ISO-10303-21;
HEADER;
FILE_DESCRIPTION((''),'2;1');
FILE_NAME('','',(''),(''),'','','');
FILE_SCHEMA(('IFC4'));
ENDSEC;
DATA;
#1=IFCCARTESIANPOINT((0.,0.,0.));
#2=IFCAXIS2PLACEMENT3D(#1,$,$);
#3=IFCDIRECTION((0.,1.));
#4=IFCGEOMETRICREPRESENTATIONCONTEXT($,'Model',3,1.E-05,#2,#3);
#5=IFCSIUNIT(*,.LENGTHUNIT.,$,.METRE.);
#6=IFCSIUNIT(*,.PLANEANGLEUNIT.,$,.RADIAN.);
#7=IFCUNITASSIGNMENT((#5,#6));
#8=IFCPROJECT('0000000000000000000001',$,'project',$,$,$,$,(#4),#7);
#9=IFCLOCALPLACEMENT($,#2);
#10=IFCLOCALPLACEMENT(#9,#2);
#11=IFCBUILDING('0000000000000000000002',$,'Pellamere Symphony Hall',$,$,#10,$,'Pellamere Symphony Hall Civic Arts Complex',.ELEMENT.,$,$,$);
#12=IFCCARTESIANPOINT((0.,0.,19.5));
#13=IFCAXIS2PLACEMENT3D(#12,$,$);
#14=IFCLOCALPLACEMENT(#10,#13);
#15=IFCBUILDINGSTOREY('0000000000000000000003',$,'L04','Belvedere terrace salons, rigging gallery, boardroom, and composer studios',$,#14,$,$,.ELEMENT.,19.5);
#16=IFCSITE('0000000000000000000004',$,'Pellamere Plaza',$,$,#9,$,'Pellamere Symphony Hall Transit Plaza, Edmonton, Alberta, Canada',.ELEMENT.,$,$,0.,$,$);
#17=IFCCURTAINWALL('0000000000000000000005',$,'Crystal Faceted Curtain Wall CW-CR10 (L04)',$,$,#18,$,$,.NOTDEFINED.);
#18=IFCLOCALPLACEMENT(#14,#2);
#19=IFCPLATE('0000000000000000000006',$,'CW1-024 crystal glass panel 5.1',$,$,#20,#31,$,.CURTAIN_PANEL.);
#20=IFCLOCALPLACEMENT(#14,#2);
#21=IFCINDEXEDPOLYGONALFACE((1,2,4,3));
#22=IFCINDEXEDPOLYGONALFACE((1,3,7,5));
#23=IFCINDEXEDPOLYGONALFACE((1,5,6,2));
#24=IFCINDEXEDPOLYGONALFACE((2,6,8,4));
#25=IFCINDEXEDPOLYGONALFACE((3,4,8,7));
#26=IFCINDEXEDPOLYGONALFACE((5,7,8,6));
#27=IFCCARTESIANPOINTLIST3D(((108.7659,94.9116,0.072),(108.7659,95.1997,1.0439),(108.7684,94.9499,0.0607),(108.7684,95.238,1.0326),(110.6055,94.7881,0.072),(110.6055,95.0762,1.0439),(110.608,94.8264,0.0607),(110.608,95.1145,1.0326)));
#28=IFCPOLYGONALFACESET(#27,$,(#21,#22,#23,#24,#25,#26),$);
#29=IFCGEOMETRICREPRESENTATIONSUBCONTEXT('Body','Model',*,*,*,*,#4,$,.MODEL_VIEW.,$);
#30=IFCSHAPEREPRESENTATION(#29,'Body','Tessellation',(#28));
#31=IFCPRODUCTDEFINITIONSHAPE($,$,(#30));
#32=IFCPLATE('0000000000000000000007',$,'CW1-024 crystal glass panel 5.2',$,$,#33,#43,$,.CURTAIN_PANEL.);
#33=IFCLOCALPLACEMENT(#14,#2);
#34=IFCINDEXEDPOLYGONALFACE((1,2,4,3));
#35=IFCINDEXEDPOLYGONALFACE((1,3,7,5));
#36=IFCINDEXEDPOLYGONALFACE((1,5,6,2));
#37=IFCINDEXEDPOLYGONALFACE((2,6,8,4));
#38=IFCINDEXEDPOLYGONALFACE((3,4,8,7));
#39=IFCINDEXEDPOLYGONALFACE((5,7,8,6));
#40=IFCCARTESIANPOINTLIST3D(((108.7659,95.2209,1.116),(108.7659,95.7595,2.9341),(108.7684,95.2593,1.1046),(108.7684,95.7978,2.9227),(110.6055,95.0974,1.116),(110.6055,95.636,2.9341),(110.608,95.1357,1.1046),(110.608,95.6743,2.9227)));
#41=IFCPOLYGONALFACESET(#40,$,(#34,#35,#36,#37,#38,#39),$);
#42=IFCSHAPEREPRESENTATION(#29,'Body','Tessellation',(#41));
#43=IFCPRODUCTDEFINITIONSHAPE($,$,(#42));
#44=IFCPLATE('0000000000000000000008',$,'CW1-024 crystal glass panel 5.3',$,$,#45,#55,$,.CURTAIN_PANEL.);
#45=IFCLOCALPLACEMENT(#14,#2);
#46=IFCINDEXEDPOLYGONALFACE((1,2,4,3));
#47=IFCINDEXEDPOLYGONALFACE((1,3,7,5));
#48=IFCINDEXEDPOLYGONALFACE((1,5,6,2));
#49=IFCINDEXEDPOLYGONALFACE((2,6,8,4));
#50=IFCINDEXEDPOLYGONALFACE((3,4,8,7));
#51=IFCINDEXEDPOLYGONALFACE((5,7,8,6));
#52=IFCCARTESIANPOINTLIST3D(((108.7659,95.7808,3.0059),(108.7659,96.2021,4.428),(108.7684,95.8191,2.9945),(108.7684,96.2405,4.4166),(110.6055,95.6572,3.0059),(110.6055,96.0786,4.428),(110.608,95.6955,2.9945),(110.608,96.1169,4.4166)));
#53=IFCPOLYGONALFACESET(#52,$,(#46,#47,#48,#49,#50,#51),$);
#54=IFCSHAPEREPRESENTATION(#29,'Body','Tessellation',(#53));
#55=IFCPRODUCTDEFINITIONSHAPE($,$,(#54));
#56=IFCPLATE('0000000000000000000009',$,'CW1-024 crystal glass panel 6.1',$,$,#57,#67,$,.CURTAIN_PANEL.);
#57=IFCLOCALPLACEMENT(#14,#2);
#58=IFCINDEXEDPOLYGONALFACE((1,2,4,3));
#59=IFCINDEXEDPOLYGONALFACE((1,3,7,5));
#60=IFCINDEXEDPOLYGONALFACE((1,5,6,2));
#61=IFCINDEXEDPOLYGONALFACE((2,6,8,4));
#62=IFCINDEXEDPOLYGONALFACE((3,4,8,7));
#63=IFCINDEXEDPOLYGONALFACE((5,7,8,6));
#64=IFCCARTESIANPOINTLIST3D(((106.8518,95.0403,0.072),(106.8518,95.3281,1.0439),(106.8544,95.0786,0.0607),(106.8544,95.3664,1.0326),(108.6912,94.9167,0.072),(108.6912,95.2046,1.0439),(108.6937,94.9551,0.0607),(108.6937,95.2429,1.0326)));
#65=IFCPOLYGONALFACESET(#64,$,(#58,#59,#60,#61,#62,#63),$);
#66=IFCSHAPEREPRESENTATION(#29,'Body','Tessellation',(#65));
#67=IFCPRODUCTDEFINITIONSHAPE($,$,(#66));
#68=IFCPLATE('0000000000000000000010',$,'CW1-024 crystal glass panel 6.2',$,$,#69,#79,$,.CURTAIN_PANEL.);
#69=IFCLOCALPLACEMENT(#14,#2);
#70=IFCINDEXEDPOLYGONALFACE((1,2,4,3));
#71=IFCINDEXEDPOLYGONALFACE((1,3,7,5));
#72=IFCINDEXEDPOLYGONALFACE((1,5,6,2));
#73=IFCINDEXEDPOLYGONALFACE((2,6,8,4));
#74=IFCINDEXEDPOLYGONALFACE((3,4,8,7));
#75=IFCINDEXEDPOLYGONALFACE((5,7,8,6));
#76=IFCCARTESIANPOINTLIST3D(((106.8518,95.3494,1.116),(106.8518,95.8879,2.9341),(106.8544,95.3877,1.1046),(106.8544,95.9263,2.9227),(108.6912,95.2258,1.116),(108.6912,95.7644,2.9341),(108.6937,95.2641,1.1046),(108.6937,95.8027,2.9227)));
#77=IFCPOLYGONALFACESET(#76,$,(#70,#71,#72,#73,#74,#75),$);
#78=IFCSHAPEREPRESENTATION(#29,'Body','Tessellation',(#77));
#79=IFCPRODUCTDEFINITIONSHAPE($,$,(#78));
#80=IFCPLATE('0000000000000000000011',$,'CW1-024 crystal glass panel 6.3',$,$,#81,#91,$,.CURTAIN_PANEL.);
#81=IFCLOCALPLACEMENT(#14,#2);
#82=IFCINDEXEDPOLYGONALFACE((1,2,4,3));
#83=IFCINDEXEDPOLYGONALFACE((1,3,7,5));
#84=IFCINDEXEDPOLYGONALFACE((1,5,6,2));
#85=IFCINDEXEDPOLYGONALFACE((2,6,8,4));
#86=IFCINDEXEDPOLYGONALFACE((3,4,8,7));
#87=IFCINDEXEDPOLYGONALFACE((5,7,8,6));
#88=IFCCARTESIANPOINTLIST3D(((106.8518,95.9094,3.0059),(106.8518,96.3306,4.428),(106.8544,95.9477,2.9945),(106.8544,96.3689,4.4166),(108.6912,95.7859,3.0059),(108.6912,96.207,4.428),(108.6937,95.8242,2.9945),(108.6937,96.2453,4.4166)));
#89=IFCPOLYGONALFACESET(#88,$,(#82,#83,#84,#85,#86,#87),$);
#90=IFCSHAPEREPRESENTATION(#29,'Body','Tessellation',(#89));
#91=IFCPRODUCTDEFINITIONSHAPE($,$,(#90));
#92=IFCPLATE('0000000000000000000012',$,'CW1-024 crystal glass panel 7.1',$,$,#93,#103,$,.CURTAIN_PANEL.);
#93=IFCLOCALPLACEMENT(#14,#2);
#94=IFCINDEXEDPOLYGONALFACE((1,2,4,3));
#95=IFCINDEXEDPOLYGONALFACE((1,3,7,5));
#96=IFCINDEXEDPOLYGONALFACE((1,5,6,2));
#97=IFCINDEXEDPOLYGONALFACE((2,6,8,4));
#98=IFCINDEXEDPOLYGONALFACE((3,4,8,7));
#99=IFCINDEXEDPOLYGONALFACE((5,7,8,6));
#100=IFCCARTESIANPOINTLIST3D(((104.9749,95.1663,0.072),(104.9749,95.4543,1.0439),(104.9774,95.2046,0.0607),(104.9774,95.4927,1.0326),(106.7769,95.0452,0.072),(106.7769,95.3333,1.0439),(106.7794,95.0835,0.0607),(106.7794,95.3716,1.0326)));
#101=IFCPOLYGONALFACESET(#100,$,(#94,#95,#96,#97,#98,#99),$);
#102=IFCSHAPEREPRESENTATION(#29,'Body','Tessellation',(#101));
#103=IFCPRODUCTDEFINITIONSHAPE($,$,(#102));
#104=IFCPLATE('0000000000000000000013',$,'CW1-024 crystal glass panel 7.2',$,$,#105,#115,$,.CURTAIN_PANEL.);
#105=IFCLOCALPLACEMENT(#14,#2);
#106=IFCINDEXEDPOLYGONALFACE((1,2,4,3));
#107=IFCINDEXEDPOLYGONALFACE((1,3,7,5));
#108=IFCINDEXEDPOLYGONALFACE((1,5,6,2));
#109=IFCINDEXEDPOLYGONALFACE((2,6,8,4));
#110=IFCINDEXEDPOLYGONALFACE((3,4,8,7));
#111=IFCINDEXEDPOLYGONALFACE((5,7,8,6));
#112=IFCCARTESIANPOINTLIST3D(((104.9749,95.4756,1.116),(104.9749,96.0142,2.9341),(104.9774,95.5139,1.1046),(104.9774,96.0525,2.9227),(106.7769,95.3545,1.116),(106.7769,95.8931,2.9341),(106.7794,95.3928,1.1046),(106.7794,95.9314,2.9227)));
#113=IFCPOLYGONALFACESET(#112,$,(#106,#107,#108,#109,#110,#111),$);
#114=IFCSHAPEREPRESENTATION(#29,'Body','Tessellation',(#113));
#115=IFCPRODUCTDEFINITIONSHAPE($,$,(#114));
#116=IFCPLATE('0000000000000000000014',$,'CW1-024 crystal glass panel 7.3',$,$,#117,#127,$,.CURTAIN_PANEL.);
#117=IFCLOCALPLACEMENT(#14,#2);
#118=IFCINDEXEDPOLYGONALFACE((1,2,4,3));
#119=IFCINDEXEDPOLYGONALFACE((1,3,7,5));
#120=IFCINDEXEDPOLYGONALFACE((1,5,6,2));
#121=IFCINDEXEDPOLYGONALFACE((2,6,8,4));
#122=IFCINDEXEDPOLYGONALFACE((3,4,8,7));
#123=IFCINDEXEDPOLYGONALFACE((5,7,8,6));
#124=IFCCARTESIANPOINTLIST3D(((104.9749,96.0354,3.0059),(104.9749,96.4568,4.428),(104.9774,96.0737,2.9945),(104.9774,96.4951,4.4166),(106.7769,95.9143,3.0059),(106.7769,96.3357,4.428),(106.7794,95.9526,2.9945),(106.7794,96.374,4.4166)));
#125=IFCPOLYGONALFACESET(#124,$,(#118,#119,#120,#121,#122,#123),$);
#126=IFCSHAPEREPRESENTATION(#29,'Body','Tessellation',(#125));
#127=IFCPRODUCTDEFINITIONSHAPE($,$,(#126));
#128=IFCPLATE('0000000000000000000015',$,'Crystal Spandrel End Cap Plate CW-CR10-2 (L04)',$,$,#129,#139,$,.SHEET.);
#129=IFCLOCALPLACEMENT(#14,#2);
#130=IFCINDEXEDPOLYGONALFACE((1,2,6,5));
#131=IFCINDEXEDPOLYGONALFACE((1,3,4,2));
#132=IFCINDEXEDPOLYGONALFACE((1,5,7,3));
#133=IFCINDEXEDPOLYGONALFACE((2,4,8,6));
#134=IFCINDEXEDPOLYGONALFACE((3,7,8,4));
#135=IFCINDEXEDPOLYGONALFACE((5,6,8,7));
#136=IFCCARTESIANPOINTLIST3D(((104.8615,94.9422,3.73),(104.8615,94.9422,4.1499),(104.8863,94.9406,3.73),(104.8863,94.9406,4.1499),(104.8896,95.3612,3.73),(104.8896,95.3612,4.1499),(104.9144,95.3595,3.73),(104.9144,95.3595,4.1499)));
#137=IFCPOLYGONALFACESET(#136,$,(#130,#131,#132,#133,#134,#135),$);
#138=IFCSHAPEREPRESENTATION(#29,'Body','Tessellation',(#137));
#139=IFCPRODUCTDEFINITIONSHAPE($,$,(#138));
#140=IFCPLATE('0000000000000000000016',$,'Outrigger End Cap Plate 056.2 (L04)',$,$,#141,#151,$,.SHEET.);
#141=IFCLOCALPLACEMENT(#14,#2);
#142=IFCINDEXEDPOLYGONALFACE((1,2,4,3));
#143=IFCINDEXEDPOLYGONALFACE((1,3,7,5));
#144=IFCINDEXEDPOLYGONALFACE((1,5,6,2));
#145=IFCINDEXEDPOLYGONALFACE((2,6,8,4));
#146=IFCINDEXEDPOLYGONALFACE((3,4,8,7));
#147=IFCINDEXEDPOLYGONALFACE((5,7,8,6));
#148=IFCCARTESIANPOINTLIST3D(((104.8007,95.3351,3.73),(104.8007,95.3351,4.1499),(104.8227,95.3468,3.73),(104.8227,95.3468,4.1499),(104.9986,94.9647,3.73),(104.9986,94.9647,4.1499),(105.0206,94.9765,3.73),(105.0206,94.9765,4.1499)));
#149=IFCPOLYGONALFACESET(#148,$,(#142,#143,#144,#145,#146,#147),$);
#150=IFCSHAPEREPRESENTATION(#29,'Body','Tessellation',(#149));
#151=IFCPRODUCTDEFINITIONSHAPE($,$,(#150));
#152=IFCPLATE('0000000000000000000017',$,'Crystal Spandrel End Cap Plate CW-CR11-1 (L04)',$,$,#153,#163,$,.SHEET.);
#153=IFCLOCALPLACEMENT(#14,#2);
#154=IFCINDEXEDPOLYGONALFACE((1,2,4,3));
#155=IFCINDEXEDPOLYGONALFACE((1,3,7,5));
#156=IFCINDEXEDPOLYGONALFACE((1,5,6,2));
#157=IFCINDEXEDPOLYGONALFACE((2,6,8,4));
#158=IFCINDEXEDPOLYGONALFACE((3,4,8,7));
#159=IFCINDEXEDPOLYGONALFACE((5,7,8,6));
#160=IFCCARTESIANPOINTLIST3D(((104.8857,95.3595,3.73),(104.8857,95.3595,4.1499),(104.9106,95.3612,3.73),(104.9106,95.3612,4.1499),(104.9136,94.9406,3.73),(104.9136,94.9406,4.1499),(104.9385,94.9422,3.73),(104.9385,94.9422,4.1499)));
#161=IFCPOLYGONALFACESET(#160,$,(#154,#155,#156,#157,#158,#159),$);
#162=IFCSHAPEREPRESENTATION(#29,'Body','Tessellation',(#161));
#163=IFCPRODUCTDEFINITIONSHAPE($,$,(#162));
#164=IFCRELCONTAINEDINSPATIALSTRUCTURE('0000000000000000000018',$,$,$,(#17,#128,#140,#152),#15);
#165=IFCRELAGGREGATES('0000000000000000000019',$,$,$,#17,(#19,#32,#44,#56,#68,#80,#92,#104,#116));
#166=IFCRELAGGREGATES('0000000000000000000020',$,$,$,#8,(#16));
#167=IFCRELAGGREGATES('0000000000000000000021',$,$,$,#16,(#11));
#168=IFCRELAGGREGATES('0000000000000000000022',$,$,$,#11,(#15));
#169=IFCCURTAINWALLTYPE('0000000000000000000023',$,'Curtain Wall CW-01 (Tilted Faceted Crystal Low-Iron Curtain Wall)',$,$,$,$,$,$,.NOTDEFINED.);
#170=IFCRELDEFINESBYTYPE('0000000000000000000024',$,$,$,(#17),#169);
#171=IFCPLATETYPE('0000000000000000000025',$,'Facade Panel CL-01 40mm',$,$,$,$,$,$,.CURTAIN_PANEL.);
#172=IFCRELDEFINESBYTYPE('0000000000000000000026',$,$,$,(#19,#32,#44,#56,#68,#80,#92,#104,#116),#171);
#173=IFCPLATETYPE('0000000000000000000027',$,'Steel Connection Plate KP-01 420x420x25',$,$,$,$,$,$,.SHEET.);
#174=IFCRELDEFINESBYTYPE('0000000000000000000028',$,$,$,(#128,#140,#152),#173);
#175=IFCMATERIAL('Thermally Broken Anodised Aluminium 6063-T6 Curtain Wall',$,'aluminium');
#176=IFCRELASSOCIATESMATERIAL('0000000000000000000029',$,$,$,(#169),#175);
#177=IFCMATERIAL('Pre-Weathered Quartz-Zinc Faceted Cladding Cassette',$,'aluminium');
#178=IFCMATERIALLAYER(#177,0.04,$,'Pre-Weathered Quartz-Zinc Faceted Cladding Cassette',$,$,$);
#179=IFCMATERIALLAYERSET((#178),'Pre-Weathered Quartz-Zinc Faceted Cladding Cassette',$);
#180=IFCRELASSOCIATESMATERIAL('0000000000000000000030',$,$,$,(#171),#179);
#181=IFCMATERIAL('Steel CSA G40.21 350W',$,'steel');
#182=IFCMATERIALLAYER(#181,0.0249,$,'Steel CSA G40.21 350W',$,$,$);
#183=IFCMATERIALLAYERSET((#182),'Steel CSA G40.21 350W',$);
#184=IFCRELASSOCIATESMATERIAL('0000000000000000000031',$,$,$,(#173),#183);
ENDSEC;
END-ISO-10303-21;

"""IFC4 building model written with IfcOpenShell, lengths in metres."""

from ifc_helpers import new_model, si_unit, direction, frame, origin, origin_2d, place, context, subcontext, project, spatial, polyline, rectangle, outline, extrude, material, layer, layer_set, type_object, element, aggregate, save


model = new_model("IFC4")

# Units and contexts
model_context = context("Model", 3, precision=1e-05, world=origin(), true_north=direction((0.0, 1.0)))
body_context = subcontext(model_context, "Body", "Model", "MODEL_VIEW")
ifc_project = project(units=[si_unit("LENGTHUNIT", "METRE"), si_unit("PLANEANGLEUNIT", "RADIAN")], contexts=[model_context])

# Site, building, storey
site_placement = place(None, origin())
site = spatial("IfcSite", under=ifc_project, at=site_placement, Name="Pellamere Plaza", LongName="Pellamere Symphony Hall Transit Plaza, Edmonton, Alberta, Canada", CompositionType="ELEMENT", RefElevation=0.0)
building_placement = place(site_placement, origin())
building = spatial("IfcBuilding", under=site, at=building_placement, Name="Pellamere Symphony Hall", LongName="Pellamere Symphony Hall Civic Arts Complex", CompositionType="ELEMENT")
storey_placement = place(building_placement, frame((0.0, 0.0, 19.5)))
storey = spatial("IfcBuildingStorey", under=building, at=storey_placement, Name="L04", Description="Belvedere terrace salons, rigging gallery, boardroom, and composer studios", CompositionType="ELEMENT", Elevation=19.5)

# Curtain wall
ifc_material_1 = material(Name="Thermally Broken Anodised Aluminium 6063-T6 Curtain Wall", Category="aluminium")
curtain_wall_type = type_object("IfcCurtainWallType", Name="Curtain Wall CW-01 (Tilted Faceted Crystal Low-Iron Curtain Wall)", PredefinedType="NOTDEFINED", material=ifc_material_1)
curtain_wall_placement = place(storey_placement, origin())
curtain_wall = element("IfcCurtainWall", 1, at=curtain_wall_placement, inside=storey, type_object=curtain_wall_type, Name="Crystal Faceted Curtain Wall CW-CR10 (L04)", PredefinedType="NOTDEFINED")

# Shared definitions
ifc_material_2 = material(Name="Steel CSA G40.21 350W", Category="steel")

# Plates
ifc_material_3 = material(Name="Pre-Weathered Quartz-Zinc Faceted Cladding Cassette", Category="aluminium")
ifc_layer_1 = layer(ifc_material_3, 0.04, Name="Pre-Weathered Quartz-Zinc Faceted Cladding Cassette")
ifc_layer_set_1 = layer_set([ifc_layer_1], Name="Pre-Weathered Quartz-Zinc Faceted Cladding Cassette")
plate_type_1 = type_object("IfcPlateType", Name="Facade Panel CL-01 40mm", PredefinedType="CURTAIN_PANEL", material=ifc_layer_set_1)
plate_1_placement = place(storey_placement, frame((110.6055, 94.7881, 0.072), z_axis=(-0.064251, -0.956788, 0.2836), x_axis=(-0.997753, 0.067002, 0.0)))
plate_1 = element("IfcPlate", 2, at=plate_1_placement, type_object=plate_type_1, Name="CW1-024 crystal glass panel 5.1", PredefinedType="CURTAIN_PANEL", context=body_context, shape_type="SweptSolid", body=[
    extrude(outline(polyline([(0.0, 0.0), (1.8437, 0.0), (1.863, -1.0135), (0.0193, -1.0135), (0.0, 0.0)])), origin(), (0.0, 0.0, -1.0), 0.04),
])
plate_2_placement = place(storey_placement, frame((110.6055, 95.0974, 1.116), z_axis=(-0.064255, -0.956835, 0.28344), x_axis=(-0.997753, 0.067002, 0.0)))
plate_2 = element("IfcPlate", 3, at=plate_2_placement, type_object=plate_type_1, Name="CW1-024 crystal glass panel 5.2", PredefinedType="CURTAIN_PANEL", context=body_context, shape_type="SweptSolid", body=[
    extrude(outline(polyline([(0.0, 0.0), (1.8437, 0.0), (1.8798, -1.8959), (0.0361, -1.8959), (0.0, 0.0)])), origin(), (0.0, 0.0, -1.0), 0.04),
])
plate_3_placement = place(storey_placement, frame((110.6055, 95.6572, 3.0059), z_axis=(-0.064253, -0.956814, 0.283512), x_axis=(-0.997753, 0.067002, 0.0)))
plate_3 = element("IfcPlate", 4, at=plate_3_placement, type_object=plate_type_1, Name="CW1-024 crystal glass panel 5.3", PredefinedType="CURTAIN_PANEL", context=body_context, shape_type="SweptSolid", body=[
    extrude(outline(polyline([(0.0, 0.0), (1.8437, 0.0), (1.872, -1.483), (0.0282, -1.483), (0.0, 0.0)])), origin(), (0.0, 0.0, -1.0), 0.04),
])
plate_4_placement = place(storey_placement, frame((108.6912, 94.9167, 0.072), z_axis=(-0.064264, -0.956853, 0.283378), x_axis=(-0.997752, 0.067011, 0.0)))
plate_4 = element("IfcPlate", 5, at=plate_4_placement, type_object=plate_type_1, Name="CW1-024 crystal glass panel 6.1", PredefinedType="CURTAIN_PANEL", context=body_context, shape_type="SweptSolid", body=[
    extrude(outline(polyline([(0.0, 0.0), (1.8435, 0.0), (1.8628, -1.0135), (0.0193, -1.0135), (0.0, 0.0)])), origin(), (0.0, 0.0, -1.0), 0.04),
])
plate_5_placement = place(storey_placement, frame((108.6912, 95.2258, 1.116), z_axis=(-0.064263, -0.956834, 0.28344), x_axis=(-0.997752, 0.067011, 0.0)))
plate_5 = element("IfcPlate", 6, at=plate_5_placement, type_object=plate_type_1, Name="CW1-024 crystal glass panel 6.2", PredefinedType="CURTAIN_PANEL", context=body_context, shape_type="SweptSolid", body=[
    extrude(outline(polyline([(0.0, 0.0), (1.8435, 0.0), (1.8796, -1.8959), (0.0361, -1.8959), (0.0, 0.0)])), origin(), (0.0, 0.0, -1.0), 0.04),
])
plate_6_placement = place(storey_placement, frame((108.6912, 95.7859, 3.0059), z_axis=(-0.064265, -0.956858, 0.283361), x_axis=(-0.997752, 0.067011, 0.0)))
plate_6 = element("IfcPlate", 7, at=plate_6_placement, type_object=plate_type_1, Name="CW1-024 crystal glass panel 6.3", PredefinedType="CURTAIN_PANEL", context=body_context, shape_type="SweptSolid", body=[
    extrude(outline(polyline([(0.0, 0.0), (1.8435, 0.0), (1.8717, -1.4829), (0.0282, -1.4829), (0.0, 0.0)])), origin(), (0.0, 0.0, -1.0), 0.04),
])
plate_7_placement = place(storey_placement, frame((106.7769, 95.0452, 0.072), z_axis=(-0.064296, -0.956785, 0.283599), x_axis=(-0.99775, 0.067048, 0.0)))
plate_7 = element("IfcPlate", 8, at=plate_7_placement, type_object=plate_type_1, Name="CW1-024 crystal glass panel 7.1", PredefinedType="CURTAIN_PANEL", context=body_context, shape_type="SweptSolid", body=[
    extrude(outline(polyline([(0.0, 0.0), (1.8061, 0.0), (1.8254, -1.0135), (0.0193, -1.0135), (0.0, 0.0)])), origin(), (0.0, 0.0, -1.0), 0.04),
])
plate_8_placement = place(storey_placement, frame((106.7769, 95.3545, 1.116), z_axis=(-0.064299, -0.956832, 0.283439), x_axis=(-0.99775, 0.067048, 0.0)))
plate_8 = element("IfcPlate", 9, at=plate_8_placement, type_object=plate_type_1, Name="CW1-024 crystal glass panel 7.2", PredefinedType="CURTAIN_PANEL", context=body_context, shape_type="SweptSolid", body=[
    extrude(outline(polyline([(0.0, 0.0), (1.8061, 0.0), (1.8422, -1.8959), (0.0361, -1.8959), (0.0, 0.0)])), origin(), (0.0, 0.0, -1.0), 0.04),
])
plate_9_placement = place(storey_placement, frame((106.7769, 95.9143, 3.0059), z_axis=(-0.064297, -0.956811, 0.283512), x_axis=(-0.99775, 0.067048, 0.0)))
plate_9 = element("IfcPlate", 10, at=plate_9_placement, type_object=plate_type_1, Name="CW1-024 crystal glass panel 7.3", PredefinedType="CURTAIN_PANEL", context=body_context, shape_type="SweptSolid", body=[
    extrude(outline(polyline([(0.0, 0.0), (1.8061, 0.0), (1.8343, -1.483), (0.0283, -1.483), (0.0, 0.0)])), origin(), (0.0, 0.0, -1.0), 0.04),
])
aggregate(curtain_wall, [plate_1, plate_2, plate_3, plate_4, plate_5, plate_6, plate_7, plate_8, plate_9])

# Plates
ifc_layer_2 = layer(ifc_material_2, 0.0249, Name="Steel CSA G40.21 350W")
ifc_layer_set_2 = layer_set([ifc_layer_2], Name="Steel CSA G40.21 350W")
plate_type_2 = type_object("IfcPlateType", Name="Steel Connection Plate KP-01 420x420x25", PredefinedType="SHEET", material=ifc_layer_set_2)
for number, where, z_axis, x_axis, name in (
    (11, (104.8879, 95.1509, 3.73), (0.0, 0.0, 1.0), (-0.997755, 0.06697, 0.0), "Crystal Spandrel End Cap Plate CW-CR10-2 (L04)"),
    (12, (104.9106, 95.1558, 3.73), (0.0, 0.0, 1.0), (0.881962, 0.47132, 0.0), "Outrigger End Cap Plate 056.2 (L04)"),
    (13, (104.9121, 95.1509, 3.73), (0.0, 0.0, 1.0), (-0.99779, -0.066448, 0.0), "Crystal Spandrel End Cap Plate CW-CR11-1 (L04)"),
):
    element("IfcPlate", number, at=place(storey_placement, frame(where, z_axis=z_axis, x_axis=x_axis)), inside=storey, type_object=plate_type_2, Name=name, PredefinedType="SHEET", context=body_context, shape_type="SweptSolid", body=[
        extrude(rectangle(XDim=0.0249, YDim=0.4199, at=origin_2d()), origin(), (0.0, 0.0, 1.0), 0.4199),
    ])

save(model, "model.ifc")
